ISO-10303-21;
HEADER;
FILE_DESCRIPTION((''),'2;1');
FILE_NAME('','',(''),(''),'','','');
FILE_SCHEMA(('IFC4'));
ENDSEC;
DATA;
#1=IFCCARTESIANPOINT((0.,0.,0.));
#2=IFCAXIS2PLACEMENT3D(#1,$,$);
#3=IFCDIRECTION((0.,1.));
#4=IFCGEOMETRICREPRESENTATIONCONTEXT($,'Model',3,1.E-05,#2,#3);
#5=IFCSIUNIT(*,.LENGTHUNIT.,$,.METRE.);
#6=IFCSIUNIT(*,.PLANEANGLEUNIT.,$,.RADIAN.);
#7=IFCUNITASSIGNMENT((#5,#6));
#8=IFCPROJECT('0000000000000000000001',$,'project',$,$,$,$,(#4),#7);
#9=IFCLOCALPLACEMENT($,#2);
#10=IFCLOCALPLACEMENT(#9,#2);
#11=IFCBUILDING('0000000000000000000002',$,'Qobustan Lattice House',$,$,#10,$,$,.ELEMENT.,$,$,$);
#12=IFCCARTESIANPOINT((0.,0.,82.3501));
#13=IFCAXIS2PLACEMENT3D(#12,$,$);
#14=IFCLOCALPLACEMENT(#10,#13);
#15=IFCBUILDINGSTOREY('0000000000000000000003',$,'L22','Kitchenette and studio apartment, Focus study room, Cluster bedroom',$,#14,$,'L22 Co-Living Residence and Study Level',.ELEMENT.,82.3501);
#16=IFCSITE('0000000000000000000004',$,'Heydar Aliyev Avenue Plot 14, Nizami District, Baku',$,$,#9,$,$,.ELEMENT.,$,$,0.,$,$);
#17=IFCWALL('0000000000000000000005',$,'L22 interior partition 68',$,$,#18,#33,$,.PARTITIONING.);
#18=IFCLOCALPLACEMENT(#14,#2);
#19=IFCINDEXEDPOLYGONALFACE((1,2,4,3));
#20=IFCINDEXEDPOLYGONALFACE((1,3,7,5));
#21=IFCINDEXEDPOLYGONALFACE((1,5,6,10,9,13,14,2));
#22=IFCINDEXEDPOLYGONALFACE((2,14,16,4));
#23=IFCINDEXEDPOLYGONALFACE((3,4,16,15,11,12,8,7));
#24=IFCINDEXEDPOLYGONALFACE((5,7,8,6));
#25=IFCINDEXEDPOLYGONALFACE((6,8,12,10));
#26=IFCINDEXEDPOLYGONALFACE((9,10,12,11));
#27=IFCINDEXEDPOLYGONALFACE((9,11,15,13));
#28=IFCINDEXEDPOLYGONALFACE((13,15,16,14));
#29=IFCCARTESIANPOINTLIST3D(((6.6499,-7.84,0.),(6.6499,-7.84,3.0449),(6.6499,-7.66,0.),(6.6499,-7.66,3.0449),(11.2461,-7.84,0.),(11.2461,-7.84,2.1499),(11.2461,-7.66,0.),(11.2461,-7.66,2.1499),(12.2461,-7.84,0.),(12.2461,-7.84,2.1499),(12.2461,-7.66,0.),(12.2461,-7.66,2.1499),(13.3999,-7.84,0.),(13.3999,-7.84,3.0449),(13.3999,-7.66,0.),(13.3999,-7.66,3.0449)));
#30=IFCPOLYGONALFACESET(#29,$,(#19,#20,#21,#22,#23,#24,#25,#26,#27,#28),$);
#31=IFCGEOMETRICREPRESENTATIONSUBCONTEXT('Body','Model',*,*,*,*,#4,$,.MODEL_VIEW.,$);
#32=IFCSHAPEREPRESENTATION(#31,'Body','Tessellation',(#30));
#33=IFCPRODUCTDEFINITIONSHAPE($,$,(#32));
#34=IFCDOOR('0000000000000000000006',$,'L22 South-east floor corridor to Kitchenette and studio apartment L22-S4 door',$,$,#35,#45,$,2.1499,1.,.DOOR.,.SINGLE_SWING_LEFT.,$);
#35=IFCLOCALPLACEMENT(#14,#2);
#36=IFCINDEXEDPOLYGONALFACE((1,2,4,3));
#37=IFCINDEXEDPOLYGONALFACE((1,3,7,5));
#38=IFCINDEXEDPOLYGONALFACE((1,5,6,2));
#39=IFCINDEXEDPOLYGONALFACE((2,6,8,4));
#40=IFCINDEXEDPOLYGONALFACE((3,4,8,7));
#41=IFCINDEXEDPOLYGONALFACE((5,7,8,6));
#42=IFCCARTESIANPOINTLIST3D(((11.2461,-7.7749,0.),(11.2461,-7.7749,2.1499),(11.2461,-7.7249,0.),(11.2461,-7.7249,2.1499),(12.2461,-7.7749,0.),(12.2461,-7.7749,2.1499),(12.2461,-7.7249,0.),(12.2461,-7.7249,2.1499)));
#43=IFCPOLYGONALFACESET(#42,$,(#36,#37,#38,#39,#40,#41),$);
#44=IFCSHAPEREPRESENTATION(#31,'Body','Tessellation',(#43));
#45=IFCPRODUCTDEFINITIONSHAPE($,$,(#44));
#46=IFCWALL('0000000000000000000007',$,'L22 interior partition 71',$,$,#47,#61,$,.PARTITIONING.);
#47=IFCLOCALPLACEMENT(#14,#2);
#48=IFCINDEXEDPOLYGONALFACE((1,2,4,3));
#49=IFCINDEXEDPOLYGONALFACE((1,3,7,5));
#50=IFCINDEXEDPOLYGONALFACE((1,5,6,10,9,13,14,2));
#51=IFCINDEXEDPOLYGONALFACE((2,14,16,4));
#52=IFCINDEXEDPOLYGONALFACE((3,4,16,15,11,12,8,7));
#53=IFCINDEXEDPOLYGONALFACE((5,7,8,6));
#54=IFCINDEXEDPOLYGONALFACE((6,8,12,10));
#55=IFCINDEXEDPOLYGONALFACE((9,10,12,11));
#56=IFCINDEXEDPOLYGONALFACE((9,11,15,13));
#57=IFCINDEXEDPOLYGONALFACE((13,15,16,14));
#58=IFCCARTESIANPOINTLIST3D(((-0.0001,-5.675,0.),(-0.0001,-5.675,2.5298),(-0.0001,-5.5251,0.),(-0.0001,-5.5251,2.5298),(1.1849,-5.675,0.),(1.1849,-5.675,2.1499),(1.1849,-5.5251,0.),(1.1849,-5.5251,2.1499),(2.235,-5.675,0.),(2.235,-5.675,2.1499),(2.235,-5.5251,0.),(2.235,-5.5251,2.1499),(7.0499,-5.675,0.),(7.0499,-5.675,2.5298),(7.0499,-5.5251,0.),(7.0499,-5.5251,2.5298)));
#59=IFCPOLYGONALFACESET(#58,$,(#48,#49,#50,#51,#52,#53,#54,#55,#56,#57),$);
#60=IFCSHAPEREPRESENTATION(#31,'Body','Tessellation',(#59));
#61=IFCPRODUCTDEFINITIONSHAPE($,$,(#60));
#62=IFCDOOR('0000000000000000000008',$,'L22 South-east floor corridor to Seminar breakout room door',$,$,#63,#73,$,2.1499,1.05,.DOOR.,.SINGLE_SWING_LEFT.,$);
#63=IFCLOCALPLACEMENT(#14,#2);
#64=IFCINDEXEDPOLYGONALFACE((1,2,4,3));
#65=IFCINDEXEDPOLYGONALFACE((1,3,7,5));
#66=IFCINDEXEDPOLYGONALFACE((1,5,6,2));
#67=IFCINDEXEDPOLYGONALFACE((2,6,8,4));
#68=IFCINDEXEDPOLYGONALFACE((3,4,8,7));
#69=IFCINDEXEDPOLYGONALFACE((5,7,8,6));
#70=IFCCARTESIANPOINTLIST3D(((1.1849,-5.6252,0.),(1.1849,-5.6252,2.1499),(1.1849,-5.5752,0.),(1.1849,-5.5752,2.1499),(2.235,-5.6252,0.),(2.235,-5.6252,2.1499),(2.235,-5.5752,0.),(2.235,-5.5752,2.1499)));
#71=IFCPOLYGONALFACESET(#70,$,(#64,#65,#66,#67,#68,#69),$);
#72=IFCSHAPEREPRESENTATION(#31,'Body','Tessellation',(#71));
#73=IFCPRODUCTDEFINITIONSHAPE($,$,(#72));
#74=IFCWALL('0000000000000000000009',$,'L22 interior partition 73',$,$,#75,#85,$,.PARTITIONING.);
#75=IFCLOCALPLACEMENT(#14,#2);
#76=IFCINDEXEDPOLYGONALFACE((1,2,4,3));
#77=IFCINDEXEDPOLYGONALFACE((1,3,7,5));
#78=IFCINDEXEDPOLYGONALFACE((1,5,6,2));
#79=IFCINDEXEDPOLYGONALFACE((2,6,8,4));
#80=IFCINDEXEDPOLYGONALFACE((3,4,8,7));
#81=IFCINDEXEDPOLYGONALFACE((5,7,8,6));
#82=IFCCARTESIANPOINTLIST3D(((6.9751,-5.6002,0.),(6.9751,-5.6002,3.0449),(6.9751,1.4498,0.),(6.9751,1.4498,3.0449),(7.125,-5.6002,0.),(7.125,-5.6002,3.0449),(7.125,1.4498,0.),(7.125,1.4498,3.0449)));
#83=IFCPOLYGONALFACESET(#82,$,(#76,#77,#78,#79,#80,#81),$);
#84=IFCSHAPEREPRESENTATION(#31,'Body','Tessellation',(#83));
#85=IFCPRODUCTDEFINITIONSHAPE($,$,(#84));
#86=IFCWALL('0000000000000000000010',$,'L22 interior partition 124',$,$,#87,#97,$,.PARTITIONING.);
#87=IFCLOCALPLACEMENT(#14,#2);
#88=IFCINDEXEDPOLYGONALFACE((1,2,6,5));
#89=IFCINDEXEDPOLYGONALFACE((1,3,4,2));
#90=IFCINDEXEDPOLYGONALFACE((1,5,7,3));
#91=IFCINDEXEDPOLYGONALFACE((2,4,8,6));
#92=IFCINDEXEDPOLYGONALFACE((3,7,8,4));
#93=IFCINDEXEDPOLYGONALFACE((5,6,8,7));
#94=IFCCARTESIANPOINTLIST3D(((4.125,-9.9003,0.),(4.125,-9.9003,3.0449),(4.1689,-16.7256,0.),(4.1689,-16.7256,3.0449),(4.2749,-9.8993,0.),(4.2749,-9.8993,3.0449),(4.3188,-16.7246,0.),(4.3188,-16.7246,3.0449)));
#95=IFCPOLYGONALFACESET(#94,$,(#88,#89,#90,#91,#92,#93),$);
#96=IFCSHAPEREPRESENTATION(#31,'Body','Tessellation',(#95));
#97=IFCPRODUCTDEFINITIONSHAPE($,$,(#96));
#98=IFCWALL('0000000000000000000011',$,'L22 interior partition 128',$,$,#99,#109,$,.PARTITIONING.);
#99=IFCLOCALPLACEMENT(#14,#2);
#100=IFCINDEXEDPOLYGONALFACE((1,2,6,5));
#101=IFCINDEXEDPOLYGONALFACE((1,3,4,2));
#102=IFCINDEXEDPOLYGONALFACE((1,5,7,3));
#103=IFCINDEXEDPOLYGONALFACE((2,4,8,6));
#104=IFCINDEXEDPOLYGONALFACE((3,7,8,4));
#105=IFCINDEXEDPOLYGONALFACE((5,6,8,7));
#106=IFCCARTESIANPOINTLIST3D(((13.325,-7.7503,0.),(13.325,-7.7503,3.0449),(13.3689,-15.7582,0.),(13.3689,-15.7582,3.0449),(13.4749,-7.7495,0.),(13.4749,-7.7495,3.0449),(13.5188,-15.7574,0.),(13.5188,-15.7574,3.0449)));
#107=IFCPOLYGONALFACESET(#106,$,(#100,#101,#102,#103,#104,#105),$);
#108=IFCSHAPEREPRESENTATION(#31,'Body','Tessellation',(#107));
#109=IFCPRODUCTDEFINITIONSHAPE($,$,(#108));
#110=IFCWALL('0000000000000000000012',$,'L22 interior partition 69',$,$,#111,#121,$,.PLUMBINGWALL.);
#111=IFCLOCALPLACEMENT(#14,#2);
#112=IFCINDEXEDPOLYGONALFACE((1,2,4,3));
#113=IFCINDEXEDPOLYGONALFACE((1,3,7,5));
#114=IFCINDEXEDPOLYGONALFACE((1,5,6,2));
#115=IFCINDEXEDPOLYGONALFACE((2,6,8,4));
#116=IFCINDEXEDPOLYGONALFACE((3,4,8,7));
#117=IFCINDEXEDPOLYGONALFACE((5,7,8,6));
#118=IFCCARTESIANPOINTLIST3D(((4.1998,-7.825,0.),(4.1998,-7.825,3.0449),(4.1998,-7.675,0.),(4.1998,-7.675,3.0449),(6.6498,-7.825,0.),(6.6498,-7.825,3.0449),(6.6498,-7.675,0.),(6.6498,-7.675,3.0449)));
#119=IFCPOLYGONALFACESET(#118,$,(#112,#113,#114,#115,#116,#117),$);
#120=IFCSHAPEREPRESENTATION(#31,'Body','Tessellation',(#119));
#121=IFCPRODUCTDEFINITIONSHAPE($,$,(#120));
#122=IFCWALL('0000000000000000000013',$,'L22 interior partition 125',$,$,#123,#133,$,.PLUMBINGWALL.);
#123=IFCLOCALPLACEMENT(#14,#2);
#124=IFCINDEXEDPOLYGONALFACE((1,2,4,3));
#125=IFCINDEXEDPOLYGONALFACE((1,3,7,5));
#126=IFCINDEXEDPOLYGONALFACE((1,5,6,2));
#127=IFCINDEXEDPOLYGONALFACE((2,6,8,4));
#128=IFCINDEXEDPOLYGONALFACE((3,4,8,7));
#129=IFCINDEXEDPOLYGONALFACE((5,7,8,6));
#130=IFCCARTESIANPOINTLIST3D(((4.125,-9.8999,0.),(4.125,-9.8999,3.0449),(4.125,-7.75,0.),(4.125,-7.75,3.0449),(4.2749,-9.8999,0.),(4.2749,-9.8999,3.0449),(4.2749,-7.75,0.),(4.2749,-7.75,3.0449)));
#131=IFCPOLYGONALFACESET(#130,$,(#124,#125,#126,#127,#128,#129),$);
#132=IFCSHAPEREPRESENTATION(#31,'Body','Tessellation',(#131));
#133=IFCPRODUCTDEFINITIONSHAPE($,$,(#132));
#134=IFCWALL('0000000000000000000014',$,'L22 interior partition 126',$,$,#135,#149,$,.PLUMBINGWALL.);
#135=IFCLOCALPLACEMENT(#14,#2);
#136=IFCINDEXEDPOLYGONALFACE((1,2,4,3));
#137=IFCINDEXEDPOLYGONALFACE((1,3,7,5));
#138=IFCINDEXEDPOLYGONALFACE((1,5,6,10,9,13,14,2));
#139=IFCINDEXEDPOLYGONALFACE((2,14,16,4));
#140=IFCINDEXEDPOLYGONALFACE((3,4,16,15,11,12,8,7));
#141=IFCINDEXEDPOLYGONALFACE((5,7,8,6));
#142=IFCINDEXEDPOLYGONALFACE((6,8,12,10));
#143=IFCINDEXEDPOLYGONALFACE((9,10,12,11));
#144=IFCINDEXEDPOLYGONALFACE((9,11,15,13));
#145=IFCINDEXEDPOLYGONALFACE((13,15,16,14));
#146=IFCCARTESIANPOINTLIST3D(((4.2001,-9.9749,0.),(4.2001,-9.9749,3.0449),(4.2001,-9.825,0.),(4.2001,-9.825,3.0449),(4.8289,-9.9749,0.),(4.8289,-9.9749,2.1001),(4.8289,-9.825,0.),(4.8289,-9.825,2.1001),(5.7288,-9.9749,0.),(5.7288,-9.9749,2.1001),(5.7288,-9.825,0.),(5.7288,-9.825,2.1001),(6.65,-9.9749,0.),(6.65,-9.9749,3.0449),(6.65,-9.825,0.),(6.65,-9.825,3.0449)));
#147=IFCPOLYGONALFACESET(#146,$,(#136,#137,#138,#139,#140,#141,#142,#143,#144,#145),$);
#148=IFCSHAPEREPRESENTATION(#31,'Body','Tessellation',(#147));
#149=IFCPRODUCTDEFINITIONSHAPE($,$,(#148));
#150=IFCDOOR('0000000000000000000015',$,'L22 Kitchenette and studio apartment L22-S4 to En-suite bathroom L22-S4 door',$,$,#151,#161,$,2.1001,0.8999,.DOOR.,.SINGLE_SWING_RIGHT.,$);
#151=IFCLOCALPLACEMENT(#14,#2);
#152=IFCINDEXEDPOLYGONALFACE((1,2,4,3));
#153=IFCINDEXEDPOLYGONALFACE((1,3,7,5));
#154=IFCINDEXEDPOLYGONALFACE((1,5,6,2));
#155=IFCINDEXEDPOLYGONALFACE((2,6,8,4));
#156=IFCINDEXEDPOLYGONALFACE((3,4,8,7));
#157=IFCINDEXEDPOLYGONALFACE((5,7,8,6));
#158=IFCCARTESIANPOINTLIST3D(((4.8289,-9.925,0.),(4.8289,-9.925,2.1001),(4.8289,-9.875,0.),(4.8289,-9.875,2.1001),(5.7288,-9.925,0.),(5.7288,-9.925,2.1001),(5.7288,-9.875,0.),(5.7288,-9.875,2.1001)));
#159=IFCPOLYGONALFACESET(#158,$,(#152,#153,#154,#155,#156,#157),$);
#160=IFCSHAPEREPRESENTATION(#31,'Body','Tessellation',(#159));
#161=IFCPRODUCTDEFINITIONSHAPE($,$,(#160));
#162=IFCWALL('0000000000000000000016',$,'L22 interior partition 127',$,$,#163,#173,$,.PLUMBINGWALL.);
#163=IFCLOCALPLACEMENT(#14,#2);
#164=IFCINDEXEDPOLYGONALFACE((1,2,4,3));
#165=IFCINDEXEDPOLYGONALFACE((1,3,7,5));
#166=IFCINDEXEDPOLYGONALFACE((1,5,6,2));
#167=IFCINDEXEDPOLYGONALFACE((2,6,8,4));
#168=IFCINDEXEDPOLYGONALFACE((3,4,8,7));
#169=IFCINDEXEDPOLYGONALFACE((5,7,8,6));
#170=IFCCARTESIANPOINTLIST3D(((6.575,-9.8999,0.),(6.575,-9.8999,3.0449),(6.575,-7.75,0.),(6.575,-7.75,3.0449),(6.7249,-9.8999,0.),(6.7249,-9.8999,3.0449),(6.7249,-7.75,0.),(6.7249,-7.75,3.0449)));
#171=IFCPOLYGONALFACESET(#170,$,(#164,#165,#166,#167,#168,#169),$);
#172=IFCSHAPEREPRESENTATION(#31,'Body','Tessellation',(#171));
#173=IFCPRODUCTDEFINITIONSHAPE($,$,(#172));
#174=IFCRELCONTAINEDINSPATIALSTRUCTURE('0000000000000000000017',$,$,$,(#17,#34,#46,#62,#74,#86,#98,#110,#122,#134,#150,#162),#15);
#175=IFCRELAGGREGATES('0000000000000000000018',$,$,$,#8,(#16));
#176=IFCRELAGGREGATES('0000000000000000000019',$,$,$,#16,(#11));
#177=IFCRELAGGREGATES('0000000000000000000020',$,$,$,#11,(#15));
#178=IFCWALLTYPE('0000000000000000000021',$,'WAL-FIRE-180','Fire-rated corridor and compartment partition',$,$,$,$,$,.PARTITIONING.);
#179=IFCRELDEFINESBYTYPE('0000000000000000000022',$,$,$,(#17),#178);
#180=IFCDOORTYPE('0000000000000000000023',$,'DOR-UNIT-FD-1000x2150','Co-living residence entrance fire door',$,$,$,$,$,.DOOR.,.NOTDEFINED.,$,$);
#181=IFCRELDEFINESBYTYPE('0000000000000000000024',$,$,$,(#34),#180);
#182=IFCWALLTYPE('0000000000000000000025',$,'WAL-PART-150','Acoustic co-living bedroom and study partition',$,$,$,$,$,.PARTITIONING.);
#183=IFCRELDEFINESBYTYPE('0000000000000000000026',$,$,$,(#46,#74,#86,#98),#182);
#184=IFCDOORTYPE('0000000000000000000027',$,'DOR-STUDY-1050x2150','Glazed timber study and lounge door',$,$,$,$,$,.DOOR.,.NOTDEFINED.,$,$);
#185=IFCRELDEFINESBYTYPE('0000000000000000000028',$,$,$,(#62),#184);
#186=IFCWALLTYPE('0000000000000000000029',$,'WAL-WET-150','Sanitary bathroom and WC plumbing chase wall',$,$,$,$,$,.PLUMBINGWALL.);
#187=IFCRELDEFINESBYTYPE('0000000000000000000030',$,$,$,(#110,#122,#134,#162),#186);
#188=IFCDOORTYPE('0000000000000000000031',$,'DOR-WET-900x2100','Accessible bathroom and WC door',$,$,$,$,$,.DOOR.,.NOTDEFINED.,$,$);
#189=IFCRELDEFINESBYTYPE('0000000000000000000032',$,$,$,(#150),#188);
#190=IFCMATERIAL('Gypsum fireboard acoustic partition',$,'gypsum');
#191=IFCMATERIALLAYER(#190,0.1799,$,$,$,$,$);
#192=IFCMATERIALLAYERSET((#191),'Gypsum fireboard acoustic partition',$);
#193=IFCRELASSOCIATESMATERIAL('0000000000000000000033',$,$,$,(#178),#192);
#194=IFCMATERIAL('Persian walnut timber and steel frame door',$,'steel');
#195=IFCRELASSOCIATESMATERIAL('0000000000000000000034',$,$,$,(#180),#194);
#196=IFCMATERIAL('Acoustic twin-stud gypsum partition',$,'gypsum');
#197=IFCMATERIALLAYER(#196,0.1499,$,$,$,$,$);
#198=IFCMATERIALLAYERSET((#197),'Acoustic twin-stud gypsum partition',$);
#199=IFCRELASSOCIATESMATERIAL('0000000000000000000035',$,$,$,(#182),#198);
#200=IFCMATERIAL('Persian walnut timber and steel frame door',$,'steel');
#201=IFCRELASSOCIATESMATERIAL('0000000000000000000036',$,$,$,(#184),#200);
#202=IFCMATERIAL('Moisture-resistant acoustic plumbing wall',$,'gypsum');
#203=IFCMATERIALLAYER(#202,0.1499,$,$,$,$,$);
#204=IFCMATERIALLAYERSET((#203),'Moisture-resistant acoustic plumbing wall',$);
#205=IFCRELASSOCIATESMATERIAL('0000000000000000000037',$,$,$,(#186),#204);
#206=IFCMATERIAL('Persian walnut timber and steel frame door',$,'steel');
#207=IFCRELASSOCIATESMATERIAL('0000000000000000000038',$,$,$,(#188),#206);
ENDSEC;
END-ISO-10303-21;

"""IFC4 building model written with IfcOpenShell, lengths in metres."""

from ifc_helpers import new_model, si_unit, direction, frame, frame_2d, origin, place, context, subcontext, project, spatial, rectangle, extrude, material, layer, layer_set, type_object, element, fill, save


model = new_model("IFC4")

# Units and contexts
model_context = context("Model", 3, precision=1e-05, world=origin(), true_north=direction((0.0, 1.0)))
body_context = subcontext(model_context, "Body", "Model", "MODEL_VIEW")
ifc_project = project(units=[si_unit("LENGTHUNIT", "METRE"), si_unit("PLANEANGLEUNIT", "RADIAN")], contexts=[model_context])

# Site, building, storey
site_placement = place(None, origin())
site = spatial("IfcSite", under=ifc_project, at=site_placement, Name="Heydar Aliyev Avenue Plot 14, Nizami District, Baku", CompositionType="ELEMENT", RefElevation=0.0)
building_placement = place(site_placement, origin())
building = spatial("IfcBuilding", under=site, at=building_placement, Name="Qobustan Lattice House", CompositionType="ELEMENT")
storey_placement = place(building_placement, frame((0.0, 0.0, 82.3501)))
storey = spatial("IfcBuildingStorey", under=building, at=storey_placement, Name="L22", Description="Kitchenette and studio apartment, Focus study room, Cluster bedroom", LongName="L22 Co-Living Residence and Study Level", CompositionType="ELEMENT", Elevation=82.3501)

# Shared definitions
ifc_material_1 = material(Name="Gypsum fireboard acoustic partition", Category="gypsum")
ifc_layer_1 = layer(ifc_material_1, 0.1799)
ifc_layer_set_1 = layer_set([ifc_layer_1], Name="Gypsum fireboard acoustic partition")
wall_type_1 = type_object("IfcWallType", Name="WAL-FIRE-180", Description="Fire-rated corridor and compartment partition", PredefinedType="PARTITIONING", material=ifc_layer_set_1)

# Walls, openings, doors
ifc_material_2 = material(Name="Persian walnut timber and steel frame door", Category="steel")
door_type_1 = type_object("IfcDoorType", Name="DOR-UNIT-FD-1000x2150", Description="Co-living residence entrance fire door", OperationType="NOTDEFINED", PredefinedType="DOOR", material=ifc_material_2)
wall_1_placement = place(storey_placement, frame((13.3999, -7.75, 0.0), z_axis=(0.0, 0.0, 1.0), x_axis=(-1.0, 0.0, 0.0)))
wall_1 = element("IfcWall", 1, at=wall_1_placement, inside=storey, type_object=wall_type_1, Name="L22 interior partition 68", PredefinedType="PARTITIONING", context=body_context, shape_type="SweptSolid", body=[
    extrude(rectangle(XDim=6.75, YDim=0.1799, at=frame_2d((3.375, 0.0))), origin(), (0.0, 0.0, 1.0), 3.0449),
])
opening_1_placement = place(wall_1_placement, frame((1.1538, 0.0, 0.0)))
opening_1 = element("IfcOpeningElement", 2, at=opening_1_placement, cuts=wall_1, PredefinedType="OPENING", context=body_context, shape_type="SweptSolid", body=[
    extrude(rectangle(XDim=1.0, YDim=2.1499, at=frame_2d((0.5, 1.075))), frame((0.0, 0.0999, 0.0), z_axis=(0.0, -1.0, 0.0), x_axis=(1.0, 0.0, 0.0)), (0.0, 0.0, 1.0), 0.2),
])
door_1_placement = place(opening_1_placement, origin())
door_1 = element("IfcDoor", 3, at=door_1_placement, inside=storey, type_object=door_type_1, Name="L22 South-east floor corridor to Kitchenette and studio apartment L22-S4 door", OperationType="SINGLE_SWING_LEFT", OverallHeight=2.1499, OverallWidth=1.0, PredefinedType="DOOR", context=body_context, shape_type="SweptSolid", body=[
    extrude(rectangle(XDim=1.0, YDim=2.1499, at=frame_2d((0.5, 1.075))), frame((0.0, 0.0249, 0.0), z_axis=(0.0, -1.0, 0.0), x_axis=(1.0, 0.0, 0.0)), (0.0, 0.0, 1.0), 0.05),
])
fill(opening_1, door_1)
ifc_material_3 = material(Name="Acoustic twin-stud gypsum partition", Category="gypsum")
ifc_layer_2 = layer(ifc_material_3, 0.1499)
ifc_layer_set_2 = layer_set([ifc_layer_2], Name="Acoustic twin-stud gypsum partition")
wall_type_2 = type_object("IfcWallType", Name="WAL-PART-150", Description="Acoustic co-living bedroom and study partition", PredefinedType="PARTITIONING", material=ifc_layer_set_2)
wall_2_placement = place(storey_placement, frame((0.0, -5.6001, 0.0), z_axis=(0.0, 0.0, 1.0), x_axis=(1.0, 0.0, 0.0)))
wall_2 = element("IfcWall", 4, at=wall_2_placement, inside=storey, type_object=wall_type_2, Name="L22 interior partition 71", PredefinedType="PARTITIONING", context=body_context, shape_type="SweptSolid", body=[
    extrude(rectangle(XDim=7.05, YDim=0.1499, at=frame_2d((3.5249, 0.0))), origin(), (0.0, 0.0, 1.0), 2.5298),
])
opening_2_placement = place(wall_2_placement, frame((1.1851, 0.0, 0.0)))
opening_2 = element("IfcOpeningElement", 5, at=opening_2_placement, cuts=wall_2, PredefinedType="OPENING", context=body_context, shape_type="SweptSolid", body=[
    extrude(rectangle(XDim=1.05, YDim=2.1499, at=frame_2d((0.5249, 1.075))), frame((0.0, 0.085, 0.0), z_axis=(0.0, -1.0, 0.0), x_axis=(1.0, 0.0, 0.0)), (0.0, 0.0, 1.0), 0.1699),
])
ifc_material_4 = material(Name="Persian walnut timber and steel frame door", Category="steel")
door_type_2 = type_object("IfcDoorType", Name="DOR-STUDY-1050x2150", Description="Glazed timber study and lounge door", OperationType="NOTDEFINED", PredefinedType="DOOR", material=ifc_material_4)
door_2_placement = place(opening_2_placement, origin())
door_2 = element("IfcDoor", 6, at=door_2_placement, inside=storey, type_object=door_type_2, Name="L22 South-east floor corridor to Seminar breakout room door", OperationType="SINGLE_SWING_LEFT", OverallHeight=2.1499, OverallWidth=1.05, PredefinedType="DOOR", context=body_context, shape_type="SweptSolid", body=[
    extrude(rectangle(XDim=1.05, YDim=2.1499, at=frame_2d((0.5249, 1.075))), frame((0.0, 0.0249, 0.0), z_axis=(0.0, -1.0, 0.0), x_axis=(1.0, 0.0, 0.0)), (0.0, 0.0, 1.0), 0.05),
])
fill(opening_2, door_2)

# Walls
wall_3_placement = place(storey_placement, frame((7.05, -5.6001, 0.0), z_axis=(0.0, 0.0, 1.0), x_axis=(0.0, 1.0, 0.0)))
element("IfcWall", 7, at=wall_3_placement, inside=storey, type_object=wall_type_2, Name="L22 interior partition 73", PredefinedType="PARTITIONING", context=body_context, shape_type="SweptSolid", body=[
    extrude(rectangle(XDim=7.05, YDim=0.1499, at=frame_2d((3.5249, 0.0))), origin(), (0.0, 0.0, 1.0), 3.0449),
])
wall_4_placement = place(storey_placement, frame((4.2, -9.8999, 0.0), z_axis=(0.0, 0.0, 1.0), x_axis=(0.006439, -0.999979, 0.0)))
element("IfcWall", 8, at=wall_4_placement, inside=storey, type_object=wall_type_2, Name="L22 interior partition 124", PredefinedType="PARTITIONING", context=body_context, shape_type="SweptSolid", body=[
    extrude(rectangle(XDim=6.8254, YDim=0.1499, at=frame_2d((3.4126, 0.0))), origin(), (0.0, 0.0, 1.0), 3.0449),
])
wall_5_placement = place(storey_placement, frame((13.3999, -7.75, 0.0), z_axis=(0.0, 0.0, 1.0), x_axis=(0.005488, -0.999985, 0.0)))
element("IfcWall", 9, at=wall_5_placement, inside=storey, type_object=wall_type_2, Name="L22 interior partition 128", PredefinedType="PARTITIONING", context=body_context, shape_type="SweptSolid", body=[
    extrude(rectangle(XDim=8.0081, YDim=0.1499, at=frame_2d((4.0039, 0.0))), origin(), (0.0, 0.0, 1.0), 3.0449),
])
ifc_material_5 = material(Name="Moisture-resistant acoustic plumbing wall", Category="gypsum")
ifc_layer_3 = layer(ifc_material_5, 0.1499)
ifc_layer_set_3 = layer_set([ifc_layer_3], Name="Moisture-resistant acoustic plumbing wall")
wall_type_3 = type_object("IfcWallType", Name="WAL-WET-150", Description="Sanitary bathroom and WC plumbing chase wall", PredefinedType="PLUMBINGWALL", material=ifc_layer_set_3)
wall_6_placement = place(storey_placement, frame((6.6499, -7.75, 0.0), z_axis=(0.0, 0.0, 1.0), x_axis=(-1.0, 0.0, 0.0)))
element("IfcWall", 10, at=wall_6_placement, inside=storey, type_object=wall_type_3, Name="L22 interior partition 69", PredefinedType="PLUMBINGWALL", context=body_context, shape_type="SweptSolid", body=[
    extrude(rectangle(XDim=2.45, YDim=0.1499, at=frame_2d((1.2251, 0.0))), origin(), (0.0, 0.0, 1.0), 3.0449),
])
wall_7_placement = place(storey_placement, frame((4.2, -7.75, 0.0), z_axis=(0.0, 0.0, 1.0), x_axis=(0.0, -1.0, 0.0)))
element("IfcWall", 11, at=wall_7_placement, inside=storey, type_object=wall_type_3, Name="L22 interior partition 125", PredefinedType="PLUMBINGWALL", context=body_context, shape_type="SweptSolid", body=[
    extrude(rectangle(XDim=2.1499, YDim=0.1499, at=frame_2d((1.075, 0.0))), origin(), (0.0, 0.0, 1.0), 3.0449),
])

# Wall, opening, door
wall_8_placement = place(storey_placement, frame((4.2, -9.8999, 0.0), z_axis=(0.0, 0.0, 1.0), x_axis=(1.0, 0.0, 0.0)))
wall_8 = element("IfcWall", 12, at=wall_8_placement, inside=storey, type_object=wall_type_3, Name="L22 interior partition 126", PredefinedType="PLUMBINGWALL", context=body_context, shape_type="SweptSolid", body=[
    extrude(rectangle(XDim=2.45, YDim=0.1499, at=frame_2d((1.2251, 0.0))), origin(), (0.0, 0.0, 1.0), 3.0449),
])
opening_3_placement = place(wall_8_placement, frame((0.6289, 0.0, 0.0)))
opening_3 = element("IfcOpeningElement", 13, at=opening_3_placement, cuts=wall_8, PredefinedType="OPENING", context=body_context, shape_type="SweptSolid", body=[
    extrude(rectangle(XDim=0.8999, YDim=2.1001, at=frame_2d((0.45, 1.05))), frame((0.0, 0.085, 0.0), z_axis=(0.0, -1.0, 0.0), x_axis=(1.0, 0.0, 0.0)), (0.0, 0.0, 1.0), 0.1699),
])
ifc_material_6 = material(Name="Persian walnut timber and steel frame door", Category="steel")
door_type_3 = type_object("IfcDoorType", Name="DOR-WET-900x2100", Description="Accessible bathroom and WC door", OperationType="NOTDEFINED", PredefinedType="DOOR", material=ifc_material_6)
door_3_placement = place(opening_3_placement, origin())
door_3 = element("IfcDoor", 14, at=door_3_placement, inside=storey, type_object=door_type_3, Name="L22 Kitchenette and studio apartment L22-S4 to En-suite bathroom L22-S4 door", OperationType="SINGLE_SWING_RIGHT", OverallHeight=2.1001, OverallWidth=0.8999, PredefinedType="DOOR", context=body_context, shape_type="SweptSolid", body=[
    extrude(rectangle(XDim=0.8999, YDim=2.1001, at=frame_2d((0.45, 1.05))), frame((0.0, 0.0249, 0.0), z_axis=(0.0, -1.0, 0.0), x_axis=(1.0, 0.0, 0.0)), (0.0, 0.0, 1.0), 0.05),
])
fill(opening_3, door_3)

# Wall
wall_9_placement = place(storey_placement, frame((6.6499, -9.8999, 0.0), z_axis=(0.0, 0.0, 1.0), x_axis=(0.0, 1.0, 0.0)))
element("IfcWall", 15, at=wall_9_placement, inside=storey, type_object=wall_type_3, Name="L22 interior partition 127", PredefinedType="PLUMBINGWALL", context=body_context, shape_type="SweptSolid", body=[
    extrude(rectangle(XDim=2.1499, YDim=0.1499, at=frame_2d((1.075, 0.0))), origin(), (0.0, 0.0, 1.0), 3.0449),
])

save(model, "model.ifc")
